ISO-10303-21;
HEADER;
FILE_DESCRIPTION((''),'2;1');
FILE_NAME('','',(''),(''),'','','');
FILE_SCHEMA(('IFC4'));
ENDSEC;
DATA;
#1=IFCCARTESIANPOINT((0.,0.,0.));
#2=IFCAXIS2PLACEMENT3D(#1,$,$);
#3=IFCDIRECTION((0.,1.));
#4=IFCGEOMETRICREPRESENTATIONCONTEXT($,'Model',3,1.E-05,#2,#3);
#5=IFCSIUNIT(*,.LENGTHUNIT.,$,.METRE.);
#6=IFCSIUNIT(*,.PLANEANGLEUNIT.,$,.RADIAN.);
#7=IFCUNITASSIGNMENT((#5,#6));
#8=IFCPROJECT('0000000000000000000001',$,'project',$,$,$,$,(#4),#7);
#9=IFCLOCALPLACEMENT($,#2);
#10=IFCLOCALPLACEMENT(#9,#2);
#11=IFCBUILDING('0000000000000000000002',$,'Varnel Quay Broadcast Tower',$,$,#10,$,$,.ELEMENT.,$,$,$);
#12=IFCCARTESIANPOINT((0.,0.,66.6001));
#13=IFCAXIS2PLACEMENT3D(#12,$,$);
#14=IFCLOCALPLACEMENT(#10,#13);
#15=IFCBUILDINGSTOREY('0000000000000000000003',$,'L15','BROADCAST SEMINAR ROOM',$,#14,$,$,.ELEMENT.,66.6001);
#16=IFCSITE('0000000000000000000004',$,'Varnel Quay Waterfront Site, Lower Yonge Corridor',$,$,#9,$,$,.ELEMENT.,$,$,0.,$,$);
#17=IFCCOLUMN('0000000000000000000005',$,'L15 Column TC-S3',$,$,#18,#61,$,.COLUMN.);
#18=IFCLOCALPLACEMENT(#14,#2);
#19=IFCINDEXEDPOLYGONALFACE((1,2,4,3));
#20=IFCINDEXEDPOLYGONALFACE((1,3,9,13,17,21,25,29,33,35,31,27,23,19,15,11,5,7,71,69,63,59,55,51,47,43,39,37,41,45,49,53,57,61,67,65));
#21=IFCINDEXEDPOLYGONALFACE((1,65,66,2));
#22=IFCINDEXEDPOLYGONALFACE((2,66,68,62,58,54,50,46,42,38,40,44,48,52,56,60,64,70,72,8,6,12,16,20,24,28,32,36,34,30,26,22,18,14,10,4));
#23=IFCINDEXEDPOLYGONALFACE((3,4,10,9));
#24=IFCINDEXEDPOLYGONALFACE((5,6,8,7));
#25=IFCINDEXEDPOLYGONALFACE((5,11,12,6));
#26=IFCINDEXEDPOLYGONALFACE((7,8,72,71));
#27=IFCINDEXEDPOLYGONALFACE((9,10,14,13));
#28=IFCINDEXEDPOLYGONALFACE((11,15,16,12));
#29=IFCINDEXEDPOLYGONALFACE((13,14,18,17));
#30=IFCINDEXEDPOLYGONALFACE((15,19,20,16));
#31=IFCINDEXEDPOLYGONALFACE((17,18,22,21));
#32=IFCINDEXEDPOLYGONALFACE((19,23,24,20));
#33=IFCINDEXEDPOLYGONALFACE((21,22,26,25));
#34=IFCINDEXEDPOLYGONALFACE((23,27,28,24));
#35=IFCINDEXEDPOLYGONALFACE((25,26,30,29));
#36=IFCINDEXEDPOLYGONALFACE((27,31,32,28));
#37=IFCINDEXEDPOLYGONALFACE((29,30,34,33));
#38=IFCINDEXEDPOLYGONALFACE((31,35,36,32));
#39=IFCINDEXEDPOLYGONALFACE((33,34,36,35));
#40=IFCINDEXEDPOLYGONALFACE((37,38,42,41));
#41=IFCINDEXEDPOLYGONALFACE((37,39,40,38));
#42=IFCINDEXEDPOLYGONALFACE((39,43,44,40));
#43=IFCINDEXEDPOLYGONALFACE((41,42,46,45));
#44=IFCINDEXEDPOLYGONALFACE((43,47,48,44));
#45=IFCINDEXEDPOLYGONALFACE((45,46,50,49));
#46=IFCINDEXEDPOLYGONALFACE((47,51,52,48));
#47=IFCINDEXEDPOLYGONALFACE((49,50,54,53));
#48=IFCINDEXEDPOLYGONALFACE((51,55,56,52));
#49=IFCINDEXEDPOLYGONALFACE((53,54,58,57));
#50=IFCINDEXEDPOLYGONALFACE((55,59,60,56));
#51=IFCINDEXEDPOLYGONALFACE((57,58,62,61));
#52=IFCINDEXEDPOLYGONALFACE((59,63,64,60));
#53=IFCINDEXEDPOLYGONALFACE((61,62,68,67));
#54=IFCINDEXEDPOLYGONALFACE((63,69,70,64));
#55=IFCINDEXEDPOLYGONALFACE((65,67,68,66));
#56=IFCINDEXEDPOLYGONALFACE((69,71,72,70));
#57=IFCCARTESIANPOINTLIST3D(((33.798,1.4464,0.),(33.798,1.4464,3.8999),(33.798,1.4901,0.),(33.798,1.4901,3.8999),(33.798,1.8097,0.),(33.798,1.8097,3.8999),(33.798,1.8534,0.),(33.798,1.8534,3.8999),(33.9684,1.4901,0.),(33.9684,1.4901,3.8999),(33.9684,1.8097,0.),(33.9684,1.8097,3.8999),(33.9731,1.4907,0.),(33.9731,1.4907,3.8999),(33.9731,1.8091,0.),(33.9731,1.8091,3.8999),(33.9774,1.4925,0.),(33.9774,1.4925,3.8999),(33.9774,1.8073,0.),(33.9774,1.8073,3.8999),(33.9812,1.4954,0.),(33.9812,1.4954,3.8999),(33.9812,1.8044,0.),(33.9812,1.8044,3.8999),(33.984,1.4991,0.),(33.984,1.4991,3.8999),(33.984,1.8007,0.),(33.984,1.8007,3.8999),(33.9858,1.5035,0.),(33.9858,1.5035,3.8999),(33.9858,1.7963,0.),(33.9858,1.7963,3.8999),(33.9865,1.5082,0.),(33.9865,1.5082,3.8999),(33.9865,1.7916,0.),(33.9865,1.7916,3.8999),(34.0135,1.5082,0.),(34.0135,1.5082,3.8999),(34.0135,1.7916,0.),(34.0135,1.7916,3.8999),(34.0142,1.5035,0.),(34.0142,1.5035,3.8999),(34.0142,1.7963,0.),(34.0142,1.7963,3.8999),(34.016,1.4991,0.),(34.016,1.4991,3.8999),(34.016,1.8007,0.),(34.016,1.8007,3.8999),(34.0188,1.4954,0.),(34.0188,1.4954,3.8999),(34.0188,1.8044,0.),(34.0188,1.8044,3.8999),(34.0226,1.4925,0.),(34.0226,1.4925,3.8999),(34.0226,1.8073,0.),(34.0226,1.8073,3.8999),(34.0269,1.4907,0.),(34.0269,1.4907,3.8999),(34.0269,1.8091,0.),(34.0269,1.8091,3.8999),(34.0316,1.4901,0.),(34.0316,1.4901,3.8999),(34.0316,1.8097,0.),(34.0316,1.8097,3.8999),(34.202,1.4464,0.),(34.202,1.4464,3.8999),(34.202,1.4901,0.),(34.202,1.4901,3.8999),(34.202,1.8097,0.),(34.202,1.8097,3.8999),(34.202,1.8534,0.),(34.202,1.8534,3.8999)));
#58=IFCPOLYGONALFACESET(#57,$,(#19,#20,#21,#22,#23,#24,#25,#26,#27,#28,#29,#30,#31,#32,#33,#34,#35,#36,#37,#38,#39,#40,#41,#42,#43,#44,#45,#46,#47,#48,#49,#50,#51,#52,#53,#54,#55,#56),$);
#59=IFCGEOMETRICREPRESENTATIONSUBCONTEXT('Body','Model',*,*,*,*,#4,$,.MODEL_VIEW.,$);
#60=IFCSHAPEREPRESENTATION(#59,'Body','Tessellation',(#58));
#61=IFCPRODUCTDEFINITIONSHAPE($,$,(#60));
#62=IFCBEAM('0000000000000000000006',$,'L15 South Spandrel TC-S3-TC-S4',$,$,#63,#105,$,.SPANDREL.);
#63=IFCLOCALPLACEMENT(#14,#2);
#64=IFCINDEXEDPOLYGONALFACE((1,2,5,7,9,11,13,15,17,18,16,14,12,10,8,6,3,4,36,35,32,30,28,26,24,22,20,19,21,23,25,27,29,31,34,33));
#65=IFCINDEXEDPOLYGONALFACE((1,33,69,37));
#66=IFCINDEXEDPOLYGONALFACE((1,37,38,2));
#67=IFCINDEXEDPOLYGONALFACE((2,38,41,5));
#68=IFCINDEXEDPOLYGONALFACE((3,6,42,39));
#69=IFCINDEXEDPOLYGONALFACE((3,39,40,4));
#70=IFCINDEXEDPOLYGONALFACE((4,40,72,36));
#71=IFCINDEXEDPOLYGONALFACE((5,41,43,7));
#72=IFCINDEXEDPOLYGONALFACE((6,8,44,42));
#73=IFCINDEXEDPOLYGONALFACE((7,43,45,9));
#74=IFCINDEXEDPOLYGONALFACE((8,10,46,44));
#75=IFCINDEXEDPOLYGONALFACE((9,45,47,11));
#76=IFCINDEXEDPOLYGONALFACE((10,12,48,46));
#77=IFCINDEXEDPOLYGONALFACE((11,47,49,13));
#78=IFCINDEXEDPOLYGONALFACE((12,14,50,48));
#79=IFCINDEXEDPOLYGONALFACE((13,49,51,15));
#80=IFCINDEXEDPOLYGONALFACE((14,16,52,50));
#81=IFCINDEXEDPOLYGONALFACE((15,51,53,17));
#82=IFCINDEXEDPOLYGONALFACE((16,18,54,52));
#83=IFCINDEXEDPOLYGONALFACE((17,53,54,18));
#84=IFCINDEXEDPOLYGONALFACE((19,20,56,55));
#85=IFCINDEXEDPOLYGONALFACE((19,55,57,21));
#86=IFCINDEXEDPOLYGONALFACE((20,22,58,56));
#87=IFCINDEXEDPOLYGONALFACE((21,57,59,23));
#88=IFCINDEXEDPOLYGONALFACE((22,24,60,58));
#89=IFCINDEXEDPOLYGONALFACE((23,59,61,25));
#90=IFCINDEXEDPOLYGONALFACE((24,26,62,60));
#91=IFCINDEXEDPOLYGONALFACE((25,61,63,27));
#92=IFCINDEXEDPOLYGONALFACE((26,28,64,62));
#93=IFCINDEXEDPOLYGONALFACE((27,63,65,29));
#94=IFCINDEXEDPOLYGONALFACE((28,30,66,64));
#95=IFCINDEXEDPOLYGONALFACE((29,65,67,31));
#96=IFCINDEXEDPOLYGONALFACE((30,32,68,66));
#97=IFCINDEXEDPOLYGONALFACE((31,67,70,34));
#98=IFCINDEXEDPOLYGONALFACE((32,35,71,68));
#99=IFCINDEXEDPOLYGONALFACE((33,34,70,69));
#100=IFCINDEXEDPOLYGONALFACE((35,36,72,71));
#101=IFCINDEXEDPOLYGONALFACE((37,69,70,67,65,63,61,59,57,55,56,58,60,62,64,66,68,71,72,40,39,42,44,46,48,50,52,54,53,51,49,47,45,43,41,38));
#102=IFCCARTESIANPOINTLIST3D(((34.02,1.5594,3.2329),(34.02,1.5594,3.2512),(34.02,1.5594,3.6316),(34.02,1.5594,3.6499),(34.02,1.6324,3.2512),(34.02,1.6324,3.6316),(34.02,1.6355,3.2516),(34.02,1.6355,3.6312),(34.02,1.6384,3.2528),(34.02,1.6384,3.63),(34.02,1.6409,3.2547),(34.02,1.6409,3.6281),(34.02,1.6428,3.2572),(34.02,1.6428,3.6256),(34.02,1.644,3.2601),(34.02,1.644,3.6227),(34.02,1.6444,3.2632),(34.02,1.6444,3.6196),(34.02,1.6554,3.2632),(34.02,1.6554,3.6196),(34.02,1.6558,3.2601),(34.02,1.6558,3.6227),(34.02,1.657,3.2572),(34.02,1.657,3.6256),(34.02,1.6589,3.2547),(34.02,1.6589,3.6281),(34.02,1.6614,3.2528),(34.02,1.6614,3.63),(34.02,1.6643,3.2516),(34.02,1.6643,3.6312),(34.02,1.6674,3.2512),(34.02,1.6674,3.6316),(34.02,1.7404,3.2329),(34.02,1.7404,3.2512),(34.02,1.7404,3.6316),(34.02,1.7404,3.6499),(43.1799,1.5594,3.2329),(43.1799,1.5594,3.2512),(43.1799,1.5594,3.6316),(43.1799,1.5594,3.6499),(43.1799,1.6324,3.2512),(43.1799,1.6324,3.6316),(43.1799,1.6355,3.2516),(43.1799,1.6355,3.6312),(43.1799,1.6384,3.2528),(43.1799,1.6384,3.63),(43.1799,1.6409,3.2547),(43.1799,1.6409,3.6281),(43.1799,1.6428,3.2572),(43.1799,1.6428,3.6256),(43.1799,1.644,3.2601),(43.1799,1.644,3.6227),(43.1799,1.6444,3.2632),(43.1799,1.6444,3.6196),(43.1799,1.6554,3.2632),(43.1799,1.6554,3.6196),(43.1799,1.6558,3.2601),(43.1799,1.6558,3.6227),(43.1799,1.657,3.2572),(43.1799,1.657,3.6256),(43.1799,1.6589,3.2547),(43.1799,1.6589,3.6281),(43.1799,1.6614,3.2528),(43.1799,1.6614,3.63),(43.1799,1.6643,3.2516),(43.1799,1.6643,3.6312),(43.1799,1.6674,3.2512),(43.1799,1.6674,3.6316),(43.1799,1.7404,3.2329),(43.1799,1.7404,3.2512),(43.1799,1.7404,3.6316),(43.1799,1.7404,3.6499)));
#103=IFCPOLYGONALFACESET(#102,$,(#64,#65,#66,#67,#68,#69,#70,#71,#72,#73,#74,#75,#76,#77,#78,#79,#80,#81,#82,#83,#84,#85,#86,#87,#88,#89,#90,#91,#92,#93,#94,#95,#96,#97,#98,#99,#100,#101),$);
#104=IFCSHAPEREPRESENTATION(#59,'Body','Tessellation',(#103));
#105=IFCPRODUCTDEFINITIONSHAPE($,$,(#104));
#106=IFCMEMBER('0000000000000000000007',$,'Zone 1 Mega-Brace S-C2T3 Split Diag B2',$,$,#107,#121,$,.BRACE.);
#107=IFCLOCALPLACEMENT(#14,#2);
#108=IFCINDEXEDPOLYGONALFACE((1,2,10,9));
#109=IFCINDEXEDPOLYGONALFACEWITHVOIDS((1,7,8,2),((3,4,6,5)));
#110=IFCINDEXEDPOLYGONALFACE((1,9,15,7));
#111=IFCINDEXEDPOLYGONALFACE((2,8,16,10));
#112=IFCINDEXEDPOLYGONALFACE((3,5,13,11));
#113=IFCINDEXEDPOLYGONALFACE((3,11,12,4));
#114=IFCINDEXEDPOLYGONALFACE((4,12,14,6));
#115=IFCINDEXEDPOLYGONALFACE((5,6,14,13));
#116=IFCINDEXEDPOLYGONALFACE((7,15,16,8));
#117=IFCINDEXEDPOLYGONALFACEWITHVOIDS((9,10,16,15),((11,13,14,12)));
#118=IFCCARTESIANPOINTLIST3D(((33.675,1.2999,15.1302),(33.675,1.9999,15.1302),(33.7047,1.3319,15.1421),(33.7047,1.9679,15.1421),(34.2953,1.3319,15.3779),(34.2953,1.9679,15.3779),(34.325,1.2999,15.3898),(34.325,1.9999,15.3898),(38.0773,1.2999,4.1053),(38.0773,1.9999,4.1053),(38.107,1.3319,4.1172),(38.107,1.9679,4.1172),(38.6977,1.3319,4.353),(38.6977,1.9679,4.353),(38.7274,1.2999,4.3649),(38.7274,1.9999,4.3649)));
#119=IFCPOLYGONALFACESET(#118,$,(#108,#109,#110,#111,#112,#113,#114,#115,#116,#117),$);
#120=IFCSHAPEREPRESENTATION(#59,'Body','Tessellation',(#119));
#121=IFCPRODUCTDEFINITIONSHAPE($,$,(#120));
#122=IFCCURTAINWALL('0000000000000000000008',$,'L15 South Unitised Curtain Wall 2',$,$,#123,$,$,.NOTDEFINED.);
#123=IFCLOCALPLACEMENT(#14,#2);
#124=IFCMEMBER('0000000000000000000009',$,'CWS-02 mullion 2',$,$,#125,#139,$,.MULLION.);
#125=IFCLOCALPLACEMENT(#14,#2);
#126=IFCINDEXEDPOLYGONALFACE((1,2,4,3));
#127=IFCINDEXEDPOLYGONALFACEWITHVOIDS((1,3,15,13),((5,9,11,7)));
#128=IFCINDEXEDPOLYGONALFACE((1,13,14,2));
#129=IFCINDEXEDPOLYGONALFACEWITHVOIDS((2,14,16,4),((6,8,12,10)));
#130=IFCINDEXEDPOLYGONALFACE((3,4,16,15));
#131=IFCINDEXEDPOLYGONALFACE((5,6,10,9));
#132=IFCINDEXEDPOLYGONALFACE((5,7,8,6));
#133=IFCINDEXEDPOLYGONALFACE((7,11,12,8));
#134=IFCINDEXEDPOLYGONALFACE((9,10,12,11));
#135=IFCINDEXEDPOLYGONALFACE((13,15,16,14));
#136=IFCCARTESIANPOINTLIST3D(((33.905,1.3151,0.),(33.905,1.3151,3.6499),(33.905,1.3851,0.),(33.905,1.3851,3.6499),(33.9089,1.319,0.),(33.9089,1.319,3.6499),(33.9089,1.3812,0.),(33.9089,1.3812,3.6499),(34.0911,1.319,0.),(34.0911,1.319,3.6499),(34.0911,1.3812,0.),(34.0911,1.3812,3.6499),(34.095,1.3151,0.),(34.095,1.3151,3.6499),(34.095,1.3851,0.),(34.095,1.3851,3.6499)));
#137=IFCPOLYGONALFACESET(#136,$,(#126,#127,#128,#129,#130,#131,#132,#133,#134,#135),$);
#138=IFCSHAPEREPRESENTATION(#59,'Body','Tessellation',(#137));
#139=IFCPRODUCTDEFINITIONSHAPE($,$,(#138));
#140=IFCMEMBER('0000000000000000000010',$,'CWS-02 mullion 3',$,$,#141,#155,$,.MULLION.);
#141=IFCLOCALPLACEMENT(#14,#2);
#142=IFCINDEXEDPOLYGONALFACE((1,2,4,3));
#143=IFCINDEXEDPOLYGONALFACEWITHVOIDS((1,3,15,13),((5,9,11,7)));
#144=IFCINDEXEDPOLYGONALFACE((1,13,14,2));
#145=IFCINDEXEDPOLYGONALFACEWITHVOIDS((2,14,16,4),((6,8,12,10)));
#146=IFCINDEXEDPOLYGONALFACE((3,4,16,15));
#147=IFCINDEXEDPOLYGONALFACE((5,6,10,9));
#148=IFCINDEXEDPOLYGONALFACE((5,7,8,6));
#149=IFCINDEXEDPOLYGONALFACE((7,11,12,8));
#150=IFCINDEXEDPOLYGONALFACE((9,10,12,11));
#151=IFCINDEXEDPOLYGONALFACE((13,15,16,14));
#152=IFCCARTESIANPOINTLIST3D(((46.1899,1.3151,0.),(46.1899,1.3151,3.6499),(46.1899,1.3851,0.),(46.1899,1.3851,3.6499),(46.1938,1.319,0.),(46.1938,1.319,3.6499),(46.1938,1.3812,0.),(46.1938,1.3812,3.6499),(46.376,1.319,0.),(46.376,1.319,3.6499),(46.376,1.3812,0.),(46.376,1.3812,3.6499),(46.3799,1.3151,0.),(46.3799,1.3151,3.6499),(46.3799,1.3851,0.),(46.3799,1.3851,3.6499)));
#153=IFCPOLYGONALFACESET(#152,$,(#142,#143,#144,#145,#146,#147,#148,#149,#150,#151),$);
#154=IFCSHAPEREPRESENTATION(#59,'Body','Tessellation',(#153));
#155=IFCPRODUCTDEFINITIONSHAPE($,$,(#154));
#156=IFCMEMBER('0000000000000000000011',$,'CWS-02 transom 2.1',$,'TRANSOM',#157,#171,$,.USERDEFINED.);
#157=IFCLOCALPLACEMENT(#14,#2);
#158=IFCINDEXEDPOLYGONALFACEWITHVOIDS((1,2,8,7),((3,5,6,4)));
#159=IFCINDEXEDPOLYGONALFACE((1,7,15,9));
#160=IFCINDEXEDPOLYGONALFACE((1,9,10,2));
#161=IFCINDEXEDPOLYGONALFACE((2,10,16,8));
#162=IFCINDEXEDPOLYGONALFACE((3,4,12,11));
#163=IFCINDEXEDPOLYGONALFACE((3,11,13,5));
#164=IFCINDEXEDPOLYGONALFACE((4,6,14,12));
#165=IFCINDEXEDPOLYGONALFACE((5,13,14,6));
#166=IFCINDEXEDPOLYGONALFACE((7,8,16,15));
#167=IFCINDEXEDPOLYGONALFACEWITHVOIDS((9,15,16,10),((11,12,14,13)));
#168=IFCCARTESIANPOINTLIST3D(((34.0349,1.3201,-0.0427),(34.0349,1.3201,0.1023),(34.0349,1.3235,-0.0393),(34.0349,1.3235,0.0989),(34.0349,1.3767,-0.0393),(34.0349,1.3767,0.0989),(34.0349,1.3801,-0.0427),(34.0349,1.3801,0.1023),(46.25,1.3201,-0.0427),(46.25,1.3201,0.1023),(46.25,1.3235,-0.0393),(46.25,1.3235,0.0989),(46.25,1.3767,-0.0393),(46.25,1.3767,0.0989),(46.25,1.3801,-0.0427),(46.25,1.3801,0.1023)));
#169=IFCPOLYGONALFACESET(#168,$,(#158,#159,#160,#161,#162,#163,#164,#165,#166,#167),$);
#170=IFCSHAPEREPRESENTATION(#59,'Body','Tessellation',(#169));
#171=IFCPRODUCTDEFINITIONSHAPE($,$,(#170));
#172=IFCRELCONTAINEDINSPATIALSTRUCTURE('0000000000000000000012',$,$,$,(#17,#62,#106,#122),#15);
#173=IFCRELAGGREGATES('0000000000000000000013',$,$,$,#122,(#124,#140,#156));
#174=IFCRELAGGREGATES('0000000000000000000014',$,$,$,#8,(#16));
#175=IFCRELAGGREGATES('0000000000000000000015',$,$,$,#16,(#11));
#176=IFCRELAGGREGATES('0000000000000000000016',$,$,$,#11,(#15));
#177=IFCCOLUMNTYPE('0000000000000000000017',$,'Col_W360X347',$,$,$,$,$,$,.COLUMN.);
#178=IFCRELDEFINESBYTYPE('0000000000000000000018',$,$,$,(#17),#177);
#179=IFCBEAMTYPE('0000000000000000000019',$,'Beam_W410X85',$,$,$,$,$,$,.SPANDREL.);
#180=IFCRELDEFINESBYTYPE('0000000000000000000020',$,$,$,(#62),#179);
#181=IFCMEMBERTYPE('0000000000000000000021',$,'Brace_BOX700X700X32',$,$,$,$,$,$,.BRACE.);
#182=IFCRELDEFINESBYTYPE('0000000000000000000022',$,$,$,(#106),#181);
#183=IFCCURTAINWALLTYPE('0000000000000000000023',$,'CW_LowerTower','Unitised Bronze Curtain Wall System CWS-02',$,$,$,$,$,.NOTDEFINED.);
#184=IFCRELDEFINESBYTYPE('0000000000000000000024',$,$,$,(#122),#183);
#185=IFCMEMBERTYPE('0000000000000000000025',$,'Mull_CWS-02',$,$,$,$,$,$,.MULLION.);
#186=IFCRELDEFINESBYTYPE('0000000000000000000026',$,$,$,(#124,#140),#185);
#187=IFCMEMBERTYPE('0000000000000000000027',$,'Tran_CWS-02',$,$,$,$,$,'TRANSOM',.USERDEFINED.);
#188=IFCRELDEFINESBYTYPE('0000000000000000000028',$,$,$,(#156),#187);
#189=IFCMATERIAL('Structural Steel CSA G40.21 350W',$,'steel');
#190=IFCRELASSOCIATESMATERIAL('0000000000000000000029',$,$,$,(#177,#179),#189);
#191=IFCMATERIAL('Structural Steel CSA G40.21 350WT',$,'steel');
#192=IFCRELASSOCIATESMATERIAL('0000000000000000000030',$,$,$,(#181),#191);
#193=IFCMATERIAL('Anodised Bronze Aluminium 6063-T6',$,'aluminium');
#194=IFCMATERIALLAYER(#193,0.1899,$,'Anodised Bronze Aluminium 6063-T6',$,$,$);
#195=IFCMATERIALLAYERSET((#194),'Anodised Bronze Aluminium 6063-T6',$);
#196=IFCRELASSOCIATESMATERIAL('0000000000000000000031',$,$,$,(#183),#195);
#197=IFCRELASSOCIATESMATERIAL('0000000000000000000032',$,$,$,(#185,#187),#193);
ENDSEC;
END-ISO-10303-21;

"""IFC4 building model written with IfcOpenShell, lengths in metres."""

from ifc_helpers import new_model, si_unit, direction, frame, origin, origin_2d, place, context, subcontext, project, spatial, hollow_rectangle, i_section, extrude, source, transform, mapped, material, layer, layer_set, material_profile, profile_set, type_object, type_shapes, element, aggregate, save


model = new_model("IFC4")

# Units and contexts
model_context = context("Model", 3, precision=1e-05, world=origin(), true_north=direction((0.0, 1.0)))
body_context = subcontext(model_context, "Body", "Model", "MODEL_VIEW")
ifc_project = project(units=[si_unit("LENGTHUNIT", "METRE"), si_unit("PLANEANGLEUNIT", "RADIAN")], contexts=[model_context])

# Site, building, storey
site_placement = place(None, origin())
site = spatial("IfcSite", under=ifc_project, at=site_placement, Name="Varnel Quay Waterfront Site, Lower Yonge Corridor", CompositionType="ELEMENT", RefElevation=0.0)
building_placement = place(site_placement, origin())
building = spatial("IfcBuilding", under=site, at=building_placement, Name="Varnel Quay Broadcast Tower", CompositionType="ELEMENT")
storey_placement = place(building_placement, frame((0.0, 0.0, 66.6001)))
storey = spatial("IfcBuildingStorey", under=building, at=storey_placement, Name="L15", Description="BROADCAST SEMINAR ROOM", CompositionType="ELEMENT", Elevation=66.6001)

# Column
ifc_material_1 = material(Name="Structural Steel CSA G40.21 350W", Category="steel")
ifc_material_profile_1 = material_profile(ifc_material_1, i_section(OverallWidth=0.4041, OverallDepth=0.407, WebThickness=0.0271, FlangeThickness=0.0437, FilletRadius=0.0181, at=origin_2d()), Name="W360X347")
ifc_profile_set_1 = profile_set([ifc_material_profile_1], Name="Structural Steel CSA G40.21 350W")
column_type = type_object("IfcColumnType", Name="Col_W360X347", PredefinedType="COLUMN", material=ifc_profile_set_1)
shared_shape_1 = source(origin(), body_context, "Body", "SweptSolid", [
    extrude(i_section(OverallWidth=0.4041, OverallDepth=0.407, WebThickness=0.0271, FlangeThickness=0.0437, FilletRadius=0.0181, at=origin_2d()), origin(), (0.0, 0.0, 1.0), 3.8999),
])
type_shapes(column_type, [shared_shape_1])
column_placement = place(storey_placement, frame((34.0, 1.6499, 0.0), z_axis=(0.0, 0.0, 1.0), x_axis=(1.0, 0.0, 0.0)))
element("IfcColumn", 1, at=column_placement, inside=storey, type_object=column_type, Name="L15 Column TC-S3", PredefinedType="COLUMN", context=body_context, shape_type="MappedRepresentation", body=[
    mapped(shared_shape_1, transform((0.0, 0.0, 0.0), x_axis=(1.0, 0.0, 0.0), y_axis=(0.0, 1.0, 0.0), z_axis=(0.0, 0.0, 1.0), scale=1.0)),
])

# Beam
ifc_material_profile_2 = material_profile(ifc_material_1, i_section(OverallWidth=0.1809, OverallDepth=0.417, WebThickness=0.011, FlangeThickness=0.0183, FilletRadius=0.012, at=origin_2d()), Name="W410X85")
ifc_profile_set_2 = profile_set([ifc_material_profile_2], Name="Structural Steel CSA G40.21 350W")
beam_type = type_object("IfcBeamType", Name="Beam_W410X85", PredefinedType="SPANDREL", material=ifc_profile_set_2)
shared_shape_2 = source(origin(), body_context, "Body", "SweptSolid", [
    extrude(i_section(OverallWidth=0.1809, OverallDepth=0.417, WebThickness=0.011, FlangeThickness=0.0183, FilletRadius=0.012, at=origin_2d()), origin(), (0.0, 0.0, 1.0), 9.1599),
])
type_shapes(beam_type, [shared_shape_2])
beam_placement = place(storey_placement, frame((34.02, 1.6499, 3.4414), z_axis=(1.0, 0.0, 0.0), x_axis=(0.0, 1.0, 0.0)))
element("IfcBeam", 2, at=beam_placement, inside=storey, type_object=beam_type, Name="L15 South Spandrel TC-S3-TC-S4", PredefinedType="SPANDREL", context=body_context, shape_type="MappedRepresentation", body=[
    mapped(shared_shape_2, transform((0.0, 0.0, 0.0), x_axis=(1.0, 0.0, 0.0), y_axis=(0.0, 1.0, 0.0), z_axis=(0.0, 0.0, 1.0), scale=1.0)),
])

# Member
ifc_material_2 = material(Name="Structural Steel CSA G40.21 350WT", Category="steel")
ifc_material_profile_3 = material_profile(ifc_material_2, hollow_rectangle(XDim=0.7, YDim=0.7, WallThickness=0.032, at=origin_2d()), Name="BOX700X700X32")
ifc_profile_set_3 = profile_set([ifc_material_profile_3], Name="Structural Steel CSA G40.21 350WT")
member_type_1 = type_object("IfcMemberType", Name="Brace_BOX700X700X32", PredefinedType="BRACE", material=ifc_profile_set_3)
shared_shape_3 = source(origin(), body_context, "Body", "SweptSolid", [
    extrude(hollow_rectangle(XDim=0.7, YDim=0.7, WallThickness=0.032, at=origin_2d()), origin(), (0.0, 0.0, 1.0), 11.8713),
])
type_shapes(member_type_1, [shared_shape_3])
member_1_placement = place(storey_placement, frame((38.4023, 1.6499, 4.2351), z_axis=(-0.370837, 0.0, 0.928698), x_axis=(0.0, -1.0, 0.0)))
element("IfcMember", 3, at=member_1_placement, inside=storey, type_object=member_type_1, Name="Zone 1 Mega-Brace S-C2T3 Split Diag B2", PredefinedType="BRACE", context=body_context, shape_type="MappedRepresentation", body=[
    mapped(shared_shape_3, transform((0.0, 0.0, 0.0), x_axis=(1.0, 0.0, 0.0), y_axis=(0.0, 1.0, 0.0), z_axis=(0.0, 0.0, 1.0), scale=1.0)),
])

# Curtain wall, members
ifc_material_3 = material(Name="Anodised Bronze Aluminium 6063-T6", Category="aluminium")
ifc_layer_1 = layer(ifc_material_3, 0.1899, Name="Anodised Bronze Aluminium 6063-T6")
ifc_layer_set_1 = layer_set([ifc_layer_1], Name="Anodised Bronze Aluminium 6063-T6")
curtain_wall_type = type_object("IfcCurtainWallType", Name="CW_LowerTower", Description="Unitised Bronze Curtain Wall System CWS-02", PredefinedType="NOTDEFINED", material=ifc_layer_set_1)
curtain_wall_placement = place(storey_placement, origin())
curtain_wall = element("IfcCurtainWall", 4, at=curtain_wall_placement, inside=storey, type_object=curtain_wall_type, Name="L15 South Unitised Curtain Wall 2", PredefinedType="NOTDEFINED")
ifc_material_profile_4 = material_profile(ifc_material_3, hollow_rectangle(XDim=0.0701, YDim=0.1899, WallThickness=0.0039, at=origin_2d()), Name="ALU70X190X4")
ifc_profile_set_4 = profile_set([ifc_material_profile_4], Name="Anodised Bronze Aluminium 6063-T6")
member_type_2 = type_object("IfcMemberType", Name="Mull_CWS-02", PredefinedType="MULLION", material=ifc_profile_set_4)
shared_shape_4 = source(origin(), body_context, "Body", "SweptSolid", [
    extrude(hollow_rectangle(XDim=0.0701, YDim=0.1899, WallThickness=0.0039, at=origin_2d()), origin(), (0.0, 0.0, 1.0), 3.6499),
])
type_shapes(member_type_2, [shared_shape_4])
member_2_placement = place(storey_placement, frame((34.0, 1.3501, 0.0), z_axis=(0.0, 0.0, 1.0), x_axis=(0.0, 1.0, 0.0)))
member_2 = element("IfcMember", 5, at=member_2_placement, type_object=member_type_2, Name="CWS-02 mullion 2", PredefinedType="MULLION", context=body_context, shape_type="MappedRepresentation", body=[
    mapped(shared_shape_4, transform((0.0, 0.0, 0.0), x_axis=(1.0, 0.0, 0.0), y_axis=(0.0, 1.0, 0.0), z_axis=(0.0, 0.0, 1.0), scale=1.0)),
])
member_3_placement = place(storey_placement, frame((46.2849, 1.3501, 0.0), z_axis=(0.0, 0.0, 1.0), x_axis=(0.0, 1.0, 0.0)))
member_3 = element("IfcMember", 6, at=member_3_placement, type_object=member_type_2, Name="CWS-02 mullion 3", PredefinedType="MULLION", context=body_context, shape_type="MappedRepresentation", body=[
    mapped(shared_shape_4, transform((0.0, 0.0, 0.0), x_axis=(1.0, 0.0, 0.0), y_axis=(0.0, 1.0, 0.0), z_axis=(0.0, 0.0, 1.0), scale=1.0)),
])
ifc_material_profile_5 = material_profile(ifc_material_3, hollow_rectangle(XDim=0.0601, YDim=0.145, WallThickness=0.0034, at=origin_2d()), Name="ALU60X145X3.5")
ifc_profile_set_5 = profile_set([ifc_material_profile_5], Name="Anodised Bronze Aluminium 6063-T6")
member_type_3 = type_object("IfcMemberType", Name="Tran_CWS-02", ElementType="TRANSOM", PredefinedType="USERDEFINED", material=ifc_profile_set_5)
shared_shape_5 = source(origin(), body_context, "Body", "SweptSolid", [
    extrude(hollow_rectangle(XDim=0.0601, YDim=0.145, WallThickness=0.0034, at=origin_2d()), origin(), (0.0, 0.0, 1.0), 12.2151),
])
type_shapes(member_type_3, [shared_shape_5])
member_4_placement = place(storey_placement, frame((34.0349, 1.3501, 0.0298), z_axis=(1.0, 0.0, 0.0), x_axis=(0.0, 1.0, 0.0)))
member_4 = element("IfcMember", 7, at=member_4_placement, type_object=member_type_3, Name="CWS-02 transom 2.1", ObjectType="TRANSOM", PredefinedType="USERDEFINED", context=body_context, shape_type="MappedRepresentation", body=[
    mapped(shared_shape_5, transform((0.0, 0.0, 0.0), x_axis=(1.0, 0.0, 0.0), y_axis=(0.0, 1.0, 0.0), z_axis=(0.0, 0.0, 1.0), scale=1.0)),
])
aggregate(curtain_wall, [member_2, member_3, member_4])

save(model, "model.ifc")
